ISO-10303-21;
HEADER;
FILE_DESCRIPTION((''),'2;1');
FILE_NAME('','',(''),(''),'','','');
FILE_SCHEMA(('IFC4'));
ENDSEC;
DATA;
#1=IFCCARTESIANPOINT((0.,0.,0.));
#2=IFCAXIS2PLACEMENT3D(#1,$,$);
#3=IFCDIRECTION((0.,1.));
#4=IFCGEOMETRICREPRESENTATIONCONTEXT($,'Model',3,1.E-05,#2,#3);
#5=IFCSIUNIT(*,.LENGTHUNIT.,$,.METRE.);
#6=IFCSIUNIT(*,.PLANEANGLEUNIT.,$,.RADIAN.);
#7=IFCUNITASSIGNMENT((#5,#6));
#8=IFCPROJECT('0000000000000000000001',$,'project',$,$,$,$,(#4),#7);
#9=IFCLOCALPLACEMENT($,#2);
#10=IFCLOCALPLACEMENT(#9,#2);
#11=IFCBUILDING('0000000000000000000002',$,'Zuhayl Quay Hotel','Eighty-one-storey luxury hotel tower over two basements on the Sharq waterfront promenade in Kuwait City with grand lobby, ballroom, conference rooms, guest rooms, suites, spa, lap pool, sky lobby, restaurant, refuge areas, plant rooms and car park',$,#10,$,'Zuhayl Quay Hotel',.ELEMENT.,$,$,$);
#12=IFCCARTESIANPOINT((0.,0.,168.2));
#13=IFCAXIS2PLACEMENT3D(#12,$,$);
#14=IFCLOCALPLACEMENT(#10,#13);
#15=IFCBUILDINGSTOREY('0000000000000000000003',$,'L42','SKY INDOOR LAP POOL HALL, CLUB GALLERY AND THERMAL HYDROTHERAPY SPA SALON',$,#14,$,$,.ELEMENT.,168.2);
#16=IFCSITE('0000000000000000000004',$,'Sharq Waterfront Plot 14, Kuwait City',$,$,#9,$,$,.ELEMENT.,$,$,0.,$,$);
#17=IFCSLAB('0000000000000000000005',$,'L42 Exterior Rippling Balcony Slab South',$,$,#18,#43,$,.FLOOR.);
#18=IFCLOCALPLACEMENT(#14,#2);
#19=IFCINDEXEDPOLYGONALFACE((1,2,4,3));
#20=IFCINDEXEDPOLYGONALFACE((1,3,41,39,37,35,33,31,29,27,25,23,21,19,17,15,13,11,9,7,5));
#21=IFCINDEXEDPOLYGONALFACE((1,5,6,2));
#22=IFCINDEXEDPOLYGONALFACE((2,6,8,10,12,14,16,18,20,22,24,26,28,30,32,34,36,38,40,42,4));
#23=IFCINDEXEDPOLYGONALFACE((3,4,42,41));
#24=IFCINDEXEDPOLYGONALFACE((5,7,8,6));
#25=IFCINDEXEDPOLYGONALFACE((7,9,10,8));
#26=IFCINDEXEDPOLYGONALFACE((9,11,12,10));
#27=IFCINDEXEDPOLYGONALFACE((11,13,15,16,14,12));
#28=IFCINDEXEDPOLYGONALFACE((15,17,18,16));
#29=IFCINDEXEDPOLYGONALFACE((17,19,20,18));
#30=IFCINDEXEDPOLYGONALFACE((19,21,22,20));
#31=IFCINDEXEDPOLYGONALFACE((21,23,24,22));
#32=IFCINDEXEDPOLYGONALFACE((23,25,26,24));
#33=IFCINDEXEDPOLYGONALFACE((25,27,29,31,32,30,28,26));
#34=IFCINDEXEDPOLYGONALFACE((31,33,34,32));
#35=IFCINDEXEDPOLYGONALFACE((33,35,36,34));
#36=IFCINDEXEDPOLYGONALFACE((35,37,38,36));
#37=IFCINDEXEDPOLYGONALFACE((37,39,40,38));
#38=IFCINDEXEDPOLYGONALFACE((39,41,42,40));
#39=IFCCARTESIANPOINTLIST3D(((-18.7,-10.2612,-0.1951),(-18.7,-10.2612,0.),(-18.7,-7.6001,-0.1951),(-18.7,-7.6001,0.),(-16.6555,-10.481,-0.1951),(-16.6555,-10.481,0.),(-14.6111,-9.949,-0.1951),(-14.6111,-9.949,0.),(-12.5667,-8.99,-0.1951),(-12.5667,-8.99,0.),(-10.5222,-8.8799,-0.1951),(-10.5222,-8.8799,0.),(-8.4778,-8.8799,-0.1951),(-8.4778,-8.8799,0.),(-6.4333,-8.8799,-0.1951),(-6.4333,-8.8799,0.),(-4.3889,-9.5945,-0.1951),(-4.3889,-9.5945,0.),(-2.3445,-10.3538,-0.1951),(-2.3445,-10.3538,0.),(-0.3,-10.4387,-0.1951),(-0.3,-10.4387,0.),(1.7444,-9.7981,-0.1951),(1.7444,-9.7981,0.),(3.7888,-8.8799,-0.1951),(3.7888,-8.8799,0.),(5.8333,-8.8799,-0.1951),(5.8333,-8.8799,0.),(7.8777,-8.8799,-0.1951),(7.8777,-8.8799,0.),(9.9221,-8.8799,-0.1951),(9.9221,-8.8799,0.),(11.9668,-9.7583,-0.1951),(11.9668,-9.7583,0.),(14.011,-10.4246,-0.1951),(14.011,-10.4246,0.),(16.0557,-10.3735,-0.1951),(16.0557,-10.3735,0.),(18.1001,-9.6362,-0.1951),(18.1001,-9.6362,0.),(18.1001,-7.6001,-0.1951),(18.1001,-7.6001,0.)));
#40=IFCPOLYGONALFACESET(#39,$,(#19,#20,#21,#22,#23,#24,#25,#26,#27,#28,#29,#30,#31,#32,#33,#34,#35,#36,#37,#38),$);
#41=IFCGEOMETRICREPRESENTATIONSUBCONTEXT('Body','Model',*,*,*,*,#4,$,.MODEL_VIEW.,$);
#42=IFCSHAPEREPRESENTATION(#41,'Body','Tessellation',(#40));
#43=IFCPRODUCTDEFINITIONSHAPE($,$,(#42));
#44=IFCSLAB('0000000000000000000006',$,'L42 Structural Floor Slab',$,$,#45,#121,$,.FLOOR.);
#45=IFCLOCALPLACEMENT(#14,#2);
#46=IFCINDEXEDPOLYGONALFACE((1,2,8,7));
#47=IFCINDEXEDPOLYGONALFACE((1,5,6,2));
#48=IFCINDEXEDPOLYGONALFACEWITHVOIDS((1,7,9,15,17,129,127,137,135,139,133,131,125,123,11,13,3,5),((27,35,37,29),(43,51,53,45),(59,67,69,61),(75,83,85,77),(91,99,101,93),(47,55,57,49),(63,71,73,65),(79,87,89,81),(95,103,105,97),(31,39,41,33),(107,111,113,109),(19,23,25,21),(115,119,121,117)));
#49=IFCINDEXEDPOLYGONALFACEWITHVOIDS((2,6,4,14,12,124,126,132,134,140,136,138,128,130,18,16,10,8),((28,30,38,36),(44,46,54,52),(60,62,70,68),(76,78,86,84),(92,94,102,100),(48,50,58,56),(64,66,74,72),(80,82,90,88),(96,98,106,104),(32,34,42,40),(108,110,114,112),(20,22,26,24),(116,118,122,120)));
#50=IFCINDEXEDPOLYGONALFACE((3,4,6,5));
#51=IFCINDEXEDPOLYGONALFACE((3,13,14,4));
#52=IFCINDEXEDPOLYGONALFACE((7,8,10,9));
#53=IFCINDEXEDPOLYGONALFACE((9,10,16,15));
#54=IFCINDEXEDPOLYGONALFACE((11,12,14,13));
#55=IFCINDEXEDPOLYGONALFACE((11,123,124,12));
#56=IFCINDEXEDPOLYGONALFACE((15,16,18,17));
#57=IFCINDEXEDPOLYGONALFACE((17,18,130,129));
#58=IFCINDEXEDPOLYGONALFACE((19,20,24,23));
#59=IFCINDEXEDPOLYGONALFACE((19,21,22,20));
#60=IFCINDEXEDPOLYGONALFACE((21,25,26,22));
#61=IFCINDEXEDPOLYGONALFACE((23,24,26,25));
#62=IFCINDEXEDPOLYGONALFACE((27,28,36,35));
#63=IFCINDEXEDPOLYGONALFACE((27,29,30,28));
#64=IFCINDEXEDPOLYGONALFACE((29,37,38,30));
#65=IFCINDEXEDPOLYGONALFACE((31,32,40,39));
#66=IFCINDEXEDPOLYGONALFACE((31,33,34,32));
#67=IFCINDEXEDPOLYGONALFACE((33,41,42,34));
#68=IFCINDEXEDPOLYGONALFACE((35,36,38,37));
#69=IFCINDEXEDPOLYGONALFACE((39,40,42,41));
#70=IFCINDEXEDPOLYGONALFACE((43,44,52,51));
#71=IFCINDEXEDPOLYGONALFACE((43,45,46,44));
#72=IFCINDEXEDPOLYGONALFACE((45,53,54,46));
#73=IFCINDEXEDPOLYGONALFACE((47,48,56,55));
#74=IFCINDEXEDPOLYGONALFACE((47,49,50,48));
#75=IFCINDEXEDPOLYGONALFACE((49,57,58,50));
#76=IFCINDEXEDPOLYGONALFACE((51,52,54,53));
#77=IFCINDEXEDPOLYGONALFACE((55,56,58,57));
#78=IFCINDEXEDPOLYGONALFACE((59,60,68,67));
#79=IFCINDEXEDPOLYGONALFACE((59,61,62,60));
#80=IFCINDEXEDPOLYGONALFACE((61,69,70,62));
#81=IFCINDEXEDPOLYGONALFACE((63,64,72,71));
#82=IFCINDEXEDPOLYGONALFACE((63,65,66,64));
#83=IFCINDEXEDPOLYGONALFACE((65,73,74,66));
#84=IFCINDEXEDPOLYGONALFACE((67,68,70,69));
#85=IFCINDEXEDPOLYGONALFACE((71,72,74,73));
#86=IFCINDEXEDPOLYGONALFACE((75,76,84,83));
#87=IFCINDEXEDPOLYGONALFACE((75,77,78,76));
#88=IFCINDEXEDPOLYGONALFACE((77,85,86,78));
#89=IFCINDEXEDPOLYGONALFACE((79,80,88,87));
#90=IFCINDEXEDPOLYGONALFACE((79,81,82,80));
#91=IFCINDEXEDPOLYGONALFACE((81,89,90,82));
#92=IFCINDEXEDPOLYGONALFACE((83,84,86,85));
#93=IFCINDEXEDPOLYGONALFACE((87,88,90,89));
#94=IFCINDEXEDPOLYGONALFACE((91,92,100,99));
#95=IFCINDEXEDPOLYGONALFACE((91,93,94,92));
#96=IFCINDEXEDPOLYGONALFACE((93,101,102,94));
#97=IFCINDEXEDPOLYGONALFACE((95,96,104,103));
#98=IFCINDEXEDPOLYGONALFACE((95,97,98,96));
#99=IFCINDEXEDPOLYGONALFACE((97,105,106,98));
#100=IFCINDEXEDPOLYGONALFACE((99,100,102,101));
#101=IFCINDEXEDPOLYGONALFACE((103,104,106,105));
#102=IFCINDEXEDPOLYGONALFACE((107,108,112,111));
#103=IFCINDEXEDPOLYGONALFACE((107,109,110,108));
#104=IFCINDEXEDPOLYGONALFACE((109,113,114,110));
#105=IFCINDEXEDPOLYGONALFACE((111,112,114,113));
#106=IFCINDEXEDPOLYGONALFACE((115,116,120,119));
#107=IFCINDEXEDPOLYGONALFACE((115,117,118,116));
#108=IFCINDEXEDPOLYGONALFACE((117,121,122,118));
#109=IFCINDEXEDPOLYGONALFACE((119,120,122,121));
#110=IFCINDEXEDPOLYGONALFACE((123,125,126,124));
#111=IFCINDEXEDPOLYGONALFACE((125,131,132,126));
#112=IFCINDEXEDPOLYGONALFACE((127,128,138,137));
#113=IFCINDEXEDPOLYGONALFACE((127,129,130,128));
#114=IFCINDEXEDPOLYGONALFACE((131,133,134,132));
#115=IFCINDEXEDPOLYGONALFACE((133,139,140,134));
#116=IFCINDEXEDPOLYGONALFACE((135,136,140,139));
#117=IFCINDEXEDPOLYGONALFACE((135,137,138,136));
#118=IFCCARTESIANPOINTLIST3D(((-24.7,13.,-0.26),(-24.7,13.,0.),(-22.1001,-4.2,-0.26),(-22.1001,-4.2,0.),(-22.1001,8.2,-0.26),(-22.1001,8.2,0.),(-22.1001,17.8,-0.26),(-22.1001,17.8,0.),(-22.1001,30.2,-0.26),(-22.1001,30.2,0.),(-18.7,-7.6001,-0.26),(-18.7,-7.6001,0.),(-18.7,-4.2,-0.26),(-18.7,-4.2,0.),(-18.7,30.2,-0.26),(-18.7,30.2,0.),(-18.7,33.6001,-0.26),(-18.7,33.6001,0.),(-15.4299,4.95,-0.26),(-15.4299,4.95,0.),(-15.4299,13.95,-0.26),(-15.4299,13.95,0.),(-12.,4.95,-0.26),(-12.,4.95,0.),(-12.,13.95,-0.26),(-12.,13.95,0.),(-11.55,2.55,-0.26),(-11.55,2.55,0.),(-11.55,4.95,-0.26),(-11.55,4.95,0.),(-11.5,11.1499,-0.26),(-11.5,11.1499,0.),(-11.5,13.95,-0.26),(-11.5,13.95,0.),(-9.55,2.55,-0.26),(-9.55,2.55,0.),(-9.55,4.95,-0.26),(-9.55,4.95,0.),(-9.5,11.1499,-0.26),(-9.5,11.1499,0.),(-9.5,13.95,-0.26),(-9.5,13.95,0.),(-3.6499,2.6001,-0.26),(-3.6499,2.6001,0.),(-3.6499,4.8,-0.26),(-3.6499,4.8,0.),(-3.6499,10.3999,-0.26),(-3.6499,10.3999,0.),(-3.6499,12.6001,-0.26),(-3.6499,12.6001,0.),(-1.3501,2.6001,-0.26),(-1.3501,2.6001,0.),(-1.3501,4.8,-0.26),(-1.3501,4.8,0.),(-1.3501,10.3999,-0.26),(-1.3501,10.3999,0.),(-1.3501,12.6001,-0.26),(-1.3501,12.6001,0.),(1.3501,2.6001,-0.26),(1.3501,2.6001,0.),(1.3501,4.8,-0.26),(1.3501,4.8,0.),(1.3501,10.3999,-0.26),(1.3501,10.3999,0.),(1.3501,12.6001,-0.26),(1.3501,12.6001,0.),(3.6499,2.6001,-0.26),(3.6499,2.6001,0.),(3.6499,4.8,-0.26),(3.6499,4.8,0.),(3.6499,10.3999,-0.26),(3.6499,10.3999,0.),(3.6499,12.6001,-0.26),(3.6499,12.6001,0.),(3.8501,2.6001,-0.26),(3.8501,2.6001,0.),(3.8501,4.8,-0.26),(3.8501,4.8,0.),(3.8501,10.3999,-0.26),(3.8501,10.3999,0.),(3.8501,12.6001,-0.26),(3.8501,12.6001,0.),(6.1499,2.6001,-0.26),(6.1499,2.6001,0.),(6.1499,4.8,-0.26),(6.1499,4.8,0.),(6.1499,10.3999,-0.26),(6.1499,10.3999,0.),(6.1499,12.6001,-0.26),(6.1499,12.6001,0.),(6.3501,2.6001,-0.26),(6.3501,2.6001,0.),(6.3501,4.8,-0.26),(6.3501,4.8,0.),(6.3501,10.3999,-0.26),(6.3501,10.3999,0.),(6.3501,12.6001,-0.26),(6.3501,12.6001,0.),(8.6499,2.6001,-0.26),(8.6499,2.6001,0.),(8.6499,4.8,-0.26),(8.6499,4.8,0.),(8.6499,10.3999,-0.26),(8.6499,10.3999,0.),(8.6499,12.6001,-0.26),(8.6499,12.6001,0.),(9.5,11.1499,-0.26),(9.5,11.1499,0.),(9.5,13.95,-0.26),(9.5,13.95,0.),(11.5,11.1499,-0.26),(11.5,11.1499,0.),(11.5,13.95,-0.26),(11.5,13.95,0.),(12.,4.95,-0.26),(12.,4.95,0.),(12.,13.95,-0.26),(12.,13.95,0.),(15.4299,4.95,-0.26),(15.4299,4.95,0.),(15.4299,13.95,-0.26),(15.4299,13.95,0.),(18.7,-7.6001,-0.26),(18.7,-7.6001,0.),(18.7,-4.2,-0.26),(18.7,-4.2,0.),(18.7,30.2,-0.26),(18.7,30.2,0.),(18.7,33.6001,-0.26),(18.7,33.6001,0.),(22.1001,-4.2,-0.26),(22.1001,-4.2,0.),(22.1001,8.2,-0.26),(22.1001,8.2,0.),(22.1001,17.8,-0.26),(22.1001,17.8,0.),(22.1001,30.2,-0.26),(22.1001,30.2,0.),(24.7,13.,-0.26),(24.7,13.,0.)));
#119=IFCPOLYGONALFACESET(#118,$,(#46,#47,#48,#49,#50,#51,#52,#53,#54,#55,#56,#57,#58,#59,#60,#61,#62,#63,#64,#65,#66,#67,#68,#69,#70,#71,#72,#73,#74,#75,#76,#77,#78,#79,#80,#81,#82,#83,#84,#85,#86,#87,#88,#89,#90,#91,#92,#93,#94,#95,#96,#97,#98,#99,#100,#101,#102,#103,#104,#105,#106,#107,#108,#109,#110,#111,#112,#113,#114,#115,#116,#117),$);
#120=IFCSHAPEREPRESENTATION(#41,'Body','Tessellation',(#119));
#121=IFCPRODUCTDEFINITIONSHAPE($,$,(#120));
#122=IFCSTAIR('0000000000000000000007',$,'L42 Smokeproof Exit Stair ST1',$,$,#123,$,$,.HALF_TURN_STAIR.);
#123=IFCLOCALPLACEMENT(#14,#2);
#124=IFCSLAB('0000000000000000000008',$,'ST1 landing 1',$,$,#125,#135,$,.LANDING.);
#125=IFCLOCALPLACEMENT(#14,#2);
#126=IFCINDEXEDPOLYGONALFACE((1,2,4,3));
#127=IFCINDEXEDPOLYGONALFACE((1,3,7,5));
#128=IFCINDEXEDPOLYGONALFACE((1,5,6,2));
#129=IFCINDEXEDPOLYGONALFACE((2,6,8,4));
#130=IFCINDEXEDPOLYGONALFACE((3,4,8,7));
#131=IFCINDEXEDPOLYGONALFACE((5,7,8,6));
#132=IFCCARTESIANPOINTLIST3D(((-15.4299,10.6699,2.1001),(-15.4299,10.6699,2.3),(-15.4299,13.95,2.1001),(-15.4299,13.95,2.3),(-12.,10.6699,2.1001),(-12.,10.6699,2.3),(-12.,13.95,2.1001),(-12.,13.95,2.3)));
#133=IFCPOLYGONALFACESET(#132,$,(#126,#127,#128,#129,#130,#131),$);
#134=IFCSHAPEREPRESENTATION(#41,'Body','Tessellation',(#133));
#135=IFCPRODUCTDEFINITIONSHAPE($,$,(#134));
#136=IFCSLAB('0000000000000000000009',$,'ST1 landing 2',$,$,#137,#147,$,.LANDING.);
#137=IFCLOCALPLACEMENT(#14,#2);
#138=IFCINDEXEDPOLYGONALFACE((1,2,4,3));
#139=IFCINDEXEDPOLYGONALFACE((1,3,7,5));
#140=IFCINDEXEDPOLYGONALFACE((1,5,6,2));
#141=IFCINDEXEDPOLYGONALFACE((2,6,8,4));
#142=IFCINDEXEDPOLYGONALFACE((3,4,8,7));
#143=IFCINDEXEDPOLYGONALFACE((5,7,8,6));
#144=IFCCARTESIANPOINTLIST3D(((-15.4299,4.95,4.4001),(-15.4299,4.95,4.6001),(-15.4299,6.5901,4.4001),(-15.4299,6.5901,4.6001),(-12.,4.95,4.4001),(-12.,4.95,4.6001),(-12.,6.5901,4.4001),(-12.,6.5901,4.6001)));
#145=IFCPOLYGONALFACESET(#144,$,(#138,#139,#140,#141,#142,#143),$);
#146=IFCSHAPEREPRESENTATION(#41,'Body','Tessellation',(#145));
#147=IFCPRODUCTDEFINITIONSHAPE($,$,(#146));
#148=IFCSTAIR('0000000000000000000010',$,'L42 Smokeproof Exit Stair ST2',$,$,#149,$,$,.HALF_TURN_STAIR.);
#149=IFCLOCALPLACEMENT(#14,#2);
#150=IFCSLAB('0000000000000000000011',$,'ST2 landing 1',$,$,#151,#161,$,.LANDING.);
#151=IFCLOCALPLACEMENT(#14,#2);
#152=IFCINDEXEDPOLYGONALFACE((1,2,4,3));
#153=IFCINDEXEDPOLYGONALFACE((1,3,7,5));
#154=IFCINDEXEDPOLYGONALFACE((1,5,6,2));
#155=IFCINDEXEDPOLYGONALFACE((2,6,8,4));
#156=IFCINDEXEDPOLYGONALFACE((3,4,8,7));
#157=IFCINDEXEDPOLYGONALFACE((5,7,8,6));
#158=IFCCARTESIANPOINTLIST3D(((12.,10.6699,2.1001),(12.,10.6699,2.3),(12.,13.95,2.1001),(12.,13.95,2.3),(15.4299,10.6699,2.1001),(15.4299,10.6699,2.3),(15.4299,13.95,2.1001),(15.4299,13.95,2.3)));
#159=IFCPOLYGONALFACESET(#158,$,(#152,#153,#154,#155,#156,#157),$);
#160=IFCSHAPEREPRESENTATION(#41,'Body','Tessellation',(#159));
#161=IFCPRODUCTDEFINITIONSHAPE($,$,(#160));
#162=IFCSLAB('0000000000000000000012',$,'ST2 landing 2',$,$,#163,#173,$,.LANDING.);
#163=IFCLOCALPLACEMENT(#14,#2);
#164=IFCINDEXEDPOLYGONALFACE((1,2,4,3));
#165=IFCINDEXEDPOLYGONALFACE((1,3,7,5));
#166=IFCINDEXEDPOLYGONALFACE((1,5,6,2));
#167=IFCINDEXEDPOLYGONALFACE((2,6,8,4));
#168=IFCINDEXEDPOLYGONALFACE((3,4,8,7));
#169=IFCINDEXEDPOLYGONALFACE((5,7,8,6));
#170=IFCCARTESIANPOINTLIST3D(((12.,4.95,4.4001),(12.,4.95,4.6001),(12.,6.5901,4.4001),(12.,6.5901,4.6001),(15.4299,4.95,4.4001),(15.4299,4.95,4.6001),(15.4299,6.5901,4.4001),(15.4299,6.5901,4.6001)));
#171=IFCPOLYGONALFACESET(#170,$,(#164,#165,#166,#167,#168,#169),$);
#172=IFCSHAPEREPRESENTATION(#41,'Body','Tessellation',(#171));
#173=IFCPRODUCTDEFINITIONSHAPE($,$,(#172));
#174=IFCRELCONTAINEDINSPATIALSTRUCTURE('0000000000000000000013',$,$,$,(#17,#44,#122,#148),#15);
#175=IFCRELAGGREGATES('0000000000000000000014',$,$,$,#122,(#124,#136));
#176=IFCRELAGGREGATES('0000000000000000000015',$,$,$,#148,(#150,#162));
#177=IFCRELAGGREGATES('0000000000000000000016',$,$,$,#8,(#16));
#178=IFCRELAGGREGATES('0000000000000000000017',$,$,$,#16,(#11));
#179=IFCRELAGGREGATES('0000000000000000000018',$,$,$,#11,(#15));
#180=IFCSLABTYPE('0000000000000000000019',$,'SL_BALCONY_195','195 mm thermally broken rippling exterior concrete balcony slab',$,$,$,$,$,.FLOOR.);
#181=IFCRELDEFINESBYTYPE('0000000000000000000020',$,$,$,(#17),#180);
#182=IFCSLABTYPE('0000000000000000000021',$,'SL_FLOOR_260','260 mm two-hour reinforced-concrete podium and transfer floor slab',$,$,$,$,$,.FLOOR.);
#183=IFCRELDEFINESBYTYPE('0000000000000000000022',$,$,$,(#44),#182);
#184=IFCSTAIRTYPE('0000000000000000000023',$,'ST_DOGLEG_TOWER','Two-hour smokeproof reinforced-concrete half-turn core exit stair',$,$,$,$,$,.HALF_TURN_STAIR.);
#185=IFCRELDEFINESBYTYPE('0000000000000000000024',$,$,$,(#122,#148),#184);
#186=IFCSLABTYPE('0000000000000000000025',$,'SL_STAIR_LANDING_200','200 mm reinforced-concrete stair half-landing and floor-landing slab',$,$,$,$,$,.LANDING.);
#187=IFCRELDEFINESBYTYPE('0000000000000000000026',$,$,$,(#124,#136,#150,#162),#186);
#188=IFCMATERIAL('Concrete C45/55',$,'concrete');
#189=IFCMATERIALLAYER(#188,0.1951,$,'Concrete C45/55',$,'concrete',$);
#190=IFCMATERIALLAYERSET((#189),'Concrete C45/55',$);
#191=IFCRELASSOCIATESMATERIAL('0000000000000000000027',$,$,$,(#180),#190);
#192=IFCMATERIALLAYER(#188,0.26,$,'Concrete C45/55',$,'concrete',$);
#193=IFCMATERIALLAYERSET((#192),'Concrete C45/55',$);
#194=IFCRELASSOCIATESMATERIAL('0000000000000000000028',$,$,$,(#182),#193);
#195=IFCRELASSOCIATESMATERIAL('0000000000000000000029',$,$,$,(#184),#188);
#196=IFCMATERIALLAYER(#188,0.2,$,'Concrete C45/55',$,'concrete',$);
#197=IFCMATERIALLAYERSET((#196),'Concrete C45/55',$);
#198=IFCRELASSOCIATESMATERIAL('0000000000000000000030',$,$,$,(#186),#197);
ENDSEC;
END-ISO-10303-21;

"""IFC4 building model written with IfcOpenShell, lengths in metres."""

from ifc_helpers import new_model, si_unit, direction, frame, origin, place, context, subcontext, project, spatial, polyline, outline, extrude, material, layer, layer_set, type_object, element, aggregate, save


model = new_model("IFC4")

# Units and contexts
model_context = context("Model", 3, precision=1e-05, world=origin(), true_north=direction((0.0, 1.0)))
body_context = subcontext(model_context, "Body", "Model", "MODEL_VIEW")
ifc_project = project(units=[si_unit("LENGTHUNIT", "METRE"), si_unit("PLANEANGLEUNIT", "RADIAN")], contexts=[model_context])

# Site, building, storey
site_placement = place(None, origin())
site = spatial("IfcSite", under=ifc_project, at=site_placement, Name="Sharq Waterfront Plot 14, Kuwait City", CompositionType="ELEMENT", RefElevation=0.0)
building_placement = place(site_placement, origin())
building = spatial("IfcBuilding", under=site, at=building_placement, Name="Zuhayl Quay Hotel", Description="Eighty-one-storey luxury hotel tower over two basements on the Sharq waterfront promenade in Kuwait City with grand lobby, ballroom, conference rooms, guest rooms, suites, spa, lap pool, sky lobby, restaurant, refuge areas, plant rooms and car park", LongName="Zuhayl Quay Hotel", CompositionType="ELEMENT")
storey_placement = place(building_placement, frame((0.0, 0.0, 168.2)))
storey = spatial("IfcBuildingStorey", under=building, at=storey_placement, Name="L42", Description="SKY INDOOR LAP POOL HALL, CLUB GALLERY AND THERMAL HYDROTHERAPY SPA SALON", CompositionType="ELEMENT", Elevation=168.2)

# Slabs
ifc_material_1 = material(Name="Concrete C45/55", Category="concrete")
ifc_layer_1 = layer(ifc_material_1, 0.1951, Name="Concrete C45/55", Category="concrete")
ifc_layer_set_1 = layer_set([ifc_layer_1], Name="Concrete C45/55")
slab_type_1 = type_object("IfcSlabType", Name="SL_BALCONY_195", Description="195 mm thermally broken rippling exterior concrete balcony slab", PredefinedType="FLOOR", material=ifc_layer_set_1)
slab_1_placement = place(storey_placement, frame((0.0, 0.0, -0.1951)))
element("IfcSlab", 1, at=slab_1_placement, inside=storey, type_object=slab_type_1, Name="L42 Exterior Rippling Balcony Slab South", PredefinedType="FLOOR", context=body_context, shape_type="SweptSolid", body=[
    extrude(outline(polyline([(-18.7, -10.2612), (-16.6555, -10.481), (-14.6111, -9.949), (-12.5667, -8.99), (-10.5222, -8.8799), (-8.4778, -8.8799), (-6.4333, -8.8799), (-4.3889, -9.5945), (-2.3445, -10.3538), (-0.3, -10.4387), (1.7444, -9.7981), (3.7888, -8.8799), (5.8333, -8.8799), (7.8777, -8.8799), (9.9221, -8.8799), (11.9668, -9.7583), (14.011, -10.4246), (16.0557, -10.3735), (18.1001, -9.6362), (18.1001, -7.6001), (-18.7, -7.6001), (-18.7, -10.2612)])), origin(), (0.0, 0.0, 1.0), 0.1951),
])
ifc_layer_2 = layer(ifc_material_1, 0.26, Name="Concrete C45/55", Category="concrete")
ifc_layer_set_2 = layer_set([ifc_layer_2], Name="Concrete C45/55")
slab_type_2 = type_object("IfcSlabType", Name="SL_FLOOR_260", Description="260 mm two-hour reinforced-concrete podium and transfer floor slab", PredefinedType="FLOOR", material=ifc_layer_set_2)
slab_2_placement = place(storey_placement, frame((0.0, 0.0, -0.26)))
element("IfcSlab", 2, at=slab_2_placement, inside=storey, type_object=slab_type_2, Name="L42 Structural Floor Slab", PredefinedType="FLOOR", context=body_context, shape_type="SweptSolid", body=[
    extrude(outline(polyline([(-18.7, -7.6001), (18.7, -7.6001), (18.7, -4.2), (22.1001, -4.2), (22.1001, 8.2), (24.7, 13.0), (22.1001, 17.8), (22.1001, 30.2), (18.7, 30.2), (18.7, 33.6001), (-18.7, 33.6001), (-18.7, 30.2), (-22.1001, 30.2), (-22.1001, 17.8), (-24.7, 13.0), (-22.1001, 8.2), (-22.1001, -4.2), (-18.7, -4.2), (-18.7, -7.6001)]), holes=[polyline([(-12.0, 4.95), (-12.0, 13.95), (-15.4299, 13.95), (-15.4299, 4.95), (-12.0, 4.95)]), polyline([(15.4299, 4.95), (15.4299, 13.95), (12.0, 13.95), (12.0, 4.95), (15.4299, 4.95)]), polyline([(-11.5, 11.1499), (-9.5, 11.1499), (-9.5, 13.95), (-11.5, 13.95), (-11.5, 11.1499)]), polyline([(9.5, 11.1499), (11.5, 11.1499), (11.5, 13.95), (9.5, 13.95), (9.5, 11.1499)]), polyline([(-3.6499, 2.6001), (-1.3501, 2.6001), (-1.3501, 4.8), (-3.6499, 4.8), (-3.6499, 2.6001)]), polyline([(1.3501, 2.6001), (3.6499, 2.6001), (3.6499, 4.8), (1.3501, 4.8), (1.3501, 2.6001)]), polyline([(-3.6499, 10.3999), (-1.3501, 10.3999), (-1.3501, 12.6001), (-3.6499, 12.6001), (-3.6499, 10.3999)]), polyline([(1.3501, 10.3999), (3.6499, 10.3999), (3.6499, 12.6001), (1.3501, 12.6001), (1.3501, 10.3999)]), polyline([(3.8501, 2.6001), (6.1499, 2.6001), (6.1499, 4.8), (3.8501, 4.8), (3.8501, 2.6001)]), polyline([(6.3501, 2.6001), (8.6499, 2.6001), (8.6499, 4.8), (6.3501, 4.8), (6.3501, 2.6001)]), polyline([(3.8501, 10.3999), (6.1499, 10.3999), (6.1499, 12.6001), (3.8501, 12.6001), (3.8501, 10.3999)]), polyline([(6.3501, 10.3999), (8.6499, 10.3999), (8.6499, 12.6001), (6.3501, 12.6001), (6.3501, 10.3999)]), polyline([(-11.55, 2.55), (-9.55, 2.55), (-9.55, 4.95), (-11.55, 4.95), (-11.55, 2.55)])]), origin(), (0.0, 0.0, 1.0), 0.26),
])

# Stairs, slabs
stair_type = type_object("IfcStairType", Name="ST_DOGLEG_TOWER", Description="Two-hour smokeproof reinforced-concrete half-turn core exit stair", PredefinedType="HALF_TURN_STAIR", material=ifc_material_1)
stair_1_placement = place(storey_placement, origin())
stair_1 = element("IfcStair", 3, at=stair_1_placement, inside=storey, type_object=stair_type, Name="L42 Smokeproof Exit Stair ST1", PredefinedType="HALF_TURN_STAIR")
ifc_layer_3 = layer(ifc_material_1, 0.2, Name="Concrete C45/55", Category="concrete")
ifc_layer_set_3 = layer_set([ifc_layer_3], Name="Concrete C45/55")
slab_type_3 = type_object("IfcSlabType", Name="SL_STAIR_LANDING_200", Description="200 mm reinforced-concrete stair half-landing and floor-landing slab", PredefinedType="LANDING", material=ifc_layer_set_3)
slab_3_placement = place(storey_placement, frame((0.0, 0.0, 2.1001)))
slab_3 = element("IfcSlab", 4, at=slab_3_placement, type_object=slab_type_3, Name="ST1 landing 1", PredefinedType="LANDING", context=body_context, shape_type="SweptSolid", body=[
    extrude(outline(polyline([(-12.0, 10.6699), (-12.0, 13.95), (-15.4299, 13.95), (-15.4299, 10.6699), (-12.0, 10.6699)])), origin(), (0.0, 0.0, 1.0), 0.2),
])
slab_4_placement = place(storey_placement, frame((0.0, 0.0, 4.4001)))
slab_4 = element("IfcSlab", 5, at=slab_4_placement, type_object=slab_type_3, Name="ST1 landing 2", PredefinedType="LANDING", context=body_context, shape_type="SweptSolid", body=[
    extrude(outline(polyline([(-12.0, 4.95), (-12.0, 6.5901), (-15.4299, 6.5901), (-15.4299, 4.95), (-12.0, 4.95)])), origin(), (0.0, 0.0, 1.0), 0.2),
])
aggregate(stair_1, [slab_3, slab_4])
stair_2_placement = place(storey_placement, origin())
stair_2 = element("IfcStair", 6, at=stair_2_placement, inside=storey, type_object=stair_type, Name="L42 Smokeproof Exit Stair ST2", PredefinedType="HALF_TURN_STAIR")
slab_5_placement = place(storey_placement, frame((0.0, 0.0, 2.1001)))
slab_5 = element("IfcSlab", 7, at=slab_5_placement, type_object=slab_type_3, Name="ST2 landing 1", PredefinedType="LANDING", context=body_context, shape_type="SweptSolid", body=[
    extrude(outline(polyline([(15.4299, 10.6699), (15.4299, 13.95), (12.0, 13.95), (12.0, 10.6699), (15.4299, 10.6699)])), origin(), (0.0, 0.0, 1.0), 0.2),
])
slab_6_placement = place(storey_placement, frame((0.0, 0.0, 4.4001)))
slab_6 = element("IfcSlab", 8, at=slab_6_placement, type_object=slab_type_3, Name="ST2 landing 2", PredefinedType="LANDING", context=body_context, shape_type="SweptSolid", body=[
    extrude(outline(polyline([(15.4299, 4.95), (15.4299, 6.5901), (12.0, 6.5901), (12.0, 4.95), (15.4299, 4.95)])), origin(), (0.0, 0.0, 1.0), 0.2),
])
aggregate(stair_2, [slab_5, slab_6])

save(model, "model.ifc")
